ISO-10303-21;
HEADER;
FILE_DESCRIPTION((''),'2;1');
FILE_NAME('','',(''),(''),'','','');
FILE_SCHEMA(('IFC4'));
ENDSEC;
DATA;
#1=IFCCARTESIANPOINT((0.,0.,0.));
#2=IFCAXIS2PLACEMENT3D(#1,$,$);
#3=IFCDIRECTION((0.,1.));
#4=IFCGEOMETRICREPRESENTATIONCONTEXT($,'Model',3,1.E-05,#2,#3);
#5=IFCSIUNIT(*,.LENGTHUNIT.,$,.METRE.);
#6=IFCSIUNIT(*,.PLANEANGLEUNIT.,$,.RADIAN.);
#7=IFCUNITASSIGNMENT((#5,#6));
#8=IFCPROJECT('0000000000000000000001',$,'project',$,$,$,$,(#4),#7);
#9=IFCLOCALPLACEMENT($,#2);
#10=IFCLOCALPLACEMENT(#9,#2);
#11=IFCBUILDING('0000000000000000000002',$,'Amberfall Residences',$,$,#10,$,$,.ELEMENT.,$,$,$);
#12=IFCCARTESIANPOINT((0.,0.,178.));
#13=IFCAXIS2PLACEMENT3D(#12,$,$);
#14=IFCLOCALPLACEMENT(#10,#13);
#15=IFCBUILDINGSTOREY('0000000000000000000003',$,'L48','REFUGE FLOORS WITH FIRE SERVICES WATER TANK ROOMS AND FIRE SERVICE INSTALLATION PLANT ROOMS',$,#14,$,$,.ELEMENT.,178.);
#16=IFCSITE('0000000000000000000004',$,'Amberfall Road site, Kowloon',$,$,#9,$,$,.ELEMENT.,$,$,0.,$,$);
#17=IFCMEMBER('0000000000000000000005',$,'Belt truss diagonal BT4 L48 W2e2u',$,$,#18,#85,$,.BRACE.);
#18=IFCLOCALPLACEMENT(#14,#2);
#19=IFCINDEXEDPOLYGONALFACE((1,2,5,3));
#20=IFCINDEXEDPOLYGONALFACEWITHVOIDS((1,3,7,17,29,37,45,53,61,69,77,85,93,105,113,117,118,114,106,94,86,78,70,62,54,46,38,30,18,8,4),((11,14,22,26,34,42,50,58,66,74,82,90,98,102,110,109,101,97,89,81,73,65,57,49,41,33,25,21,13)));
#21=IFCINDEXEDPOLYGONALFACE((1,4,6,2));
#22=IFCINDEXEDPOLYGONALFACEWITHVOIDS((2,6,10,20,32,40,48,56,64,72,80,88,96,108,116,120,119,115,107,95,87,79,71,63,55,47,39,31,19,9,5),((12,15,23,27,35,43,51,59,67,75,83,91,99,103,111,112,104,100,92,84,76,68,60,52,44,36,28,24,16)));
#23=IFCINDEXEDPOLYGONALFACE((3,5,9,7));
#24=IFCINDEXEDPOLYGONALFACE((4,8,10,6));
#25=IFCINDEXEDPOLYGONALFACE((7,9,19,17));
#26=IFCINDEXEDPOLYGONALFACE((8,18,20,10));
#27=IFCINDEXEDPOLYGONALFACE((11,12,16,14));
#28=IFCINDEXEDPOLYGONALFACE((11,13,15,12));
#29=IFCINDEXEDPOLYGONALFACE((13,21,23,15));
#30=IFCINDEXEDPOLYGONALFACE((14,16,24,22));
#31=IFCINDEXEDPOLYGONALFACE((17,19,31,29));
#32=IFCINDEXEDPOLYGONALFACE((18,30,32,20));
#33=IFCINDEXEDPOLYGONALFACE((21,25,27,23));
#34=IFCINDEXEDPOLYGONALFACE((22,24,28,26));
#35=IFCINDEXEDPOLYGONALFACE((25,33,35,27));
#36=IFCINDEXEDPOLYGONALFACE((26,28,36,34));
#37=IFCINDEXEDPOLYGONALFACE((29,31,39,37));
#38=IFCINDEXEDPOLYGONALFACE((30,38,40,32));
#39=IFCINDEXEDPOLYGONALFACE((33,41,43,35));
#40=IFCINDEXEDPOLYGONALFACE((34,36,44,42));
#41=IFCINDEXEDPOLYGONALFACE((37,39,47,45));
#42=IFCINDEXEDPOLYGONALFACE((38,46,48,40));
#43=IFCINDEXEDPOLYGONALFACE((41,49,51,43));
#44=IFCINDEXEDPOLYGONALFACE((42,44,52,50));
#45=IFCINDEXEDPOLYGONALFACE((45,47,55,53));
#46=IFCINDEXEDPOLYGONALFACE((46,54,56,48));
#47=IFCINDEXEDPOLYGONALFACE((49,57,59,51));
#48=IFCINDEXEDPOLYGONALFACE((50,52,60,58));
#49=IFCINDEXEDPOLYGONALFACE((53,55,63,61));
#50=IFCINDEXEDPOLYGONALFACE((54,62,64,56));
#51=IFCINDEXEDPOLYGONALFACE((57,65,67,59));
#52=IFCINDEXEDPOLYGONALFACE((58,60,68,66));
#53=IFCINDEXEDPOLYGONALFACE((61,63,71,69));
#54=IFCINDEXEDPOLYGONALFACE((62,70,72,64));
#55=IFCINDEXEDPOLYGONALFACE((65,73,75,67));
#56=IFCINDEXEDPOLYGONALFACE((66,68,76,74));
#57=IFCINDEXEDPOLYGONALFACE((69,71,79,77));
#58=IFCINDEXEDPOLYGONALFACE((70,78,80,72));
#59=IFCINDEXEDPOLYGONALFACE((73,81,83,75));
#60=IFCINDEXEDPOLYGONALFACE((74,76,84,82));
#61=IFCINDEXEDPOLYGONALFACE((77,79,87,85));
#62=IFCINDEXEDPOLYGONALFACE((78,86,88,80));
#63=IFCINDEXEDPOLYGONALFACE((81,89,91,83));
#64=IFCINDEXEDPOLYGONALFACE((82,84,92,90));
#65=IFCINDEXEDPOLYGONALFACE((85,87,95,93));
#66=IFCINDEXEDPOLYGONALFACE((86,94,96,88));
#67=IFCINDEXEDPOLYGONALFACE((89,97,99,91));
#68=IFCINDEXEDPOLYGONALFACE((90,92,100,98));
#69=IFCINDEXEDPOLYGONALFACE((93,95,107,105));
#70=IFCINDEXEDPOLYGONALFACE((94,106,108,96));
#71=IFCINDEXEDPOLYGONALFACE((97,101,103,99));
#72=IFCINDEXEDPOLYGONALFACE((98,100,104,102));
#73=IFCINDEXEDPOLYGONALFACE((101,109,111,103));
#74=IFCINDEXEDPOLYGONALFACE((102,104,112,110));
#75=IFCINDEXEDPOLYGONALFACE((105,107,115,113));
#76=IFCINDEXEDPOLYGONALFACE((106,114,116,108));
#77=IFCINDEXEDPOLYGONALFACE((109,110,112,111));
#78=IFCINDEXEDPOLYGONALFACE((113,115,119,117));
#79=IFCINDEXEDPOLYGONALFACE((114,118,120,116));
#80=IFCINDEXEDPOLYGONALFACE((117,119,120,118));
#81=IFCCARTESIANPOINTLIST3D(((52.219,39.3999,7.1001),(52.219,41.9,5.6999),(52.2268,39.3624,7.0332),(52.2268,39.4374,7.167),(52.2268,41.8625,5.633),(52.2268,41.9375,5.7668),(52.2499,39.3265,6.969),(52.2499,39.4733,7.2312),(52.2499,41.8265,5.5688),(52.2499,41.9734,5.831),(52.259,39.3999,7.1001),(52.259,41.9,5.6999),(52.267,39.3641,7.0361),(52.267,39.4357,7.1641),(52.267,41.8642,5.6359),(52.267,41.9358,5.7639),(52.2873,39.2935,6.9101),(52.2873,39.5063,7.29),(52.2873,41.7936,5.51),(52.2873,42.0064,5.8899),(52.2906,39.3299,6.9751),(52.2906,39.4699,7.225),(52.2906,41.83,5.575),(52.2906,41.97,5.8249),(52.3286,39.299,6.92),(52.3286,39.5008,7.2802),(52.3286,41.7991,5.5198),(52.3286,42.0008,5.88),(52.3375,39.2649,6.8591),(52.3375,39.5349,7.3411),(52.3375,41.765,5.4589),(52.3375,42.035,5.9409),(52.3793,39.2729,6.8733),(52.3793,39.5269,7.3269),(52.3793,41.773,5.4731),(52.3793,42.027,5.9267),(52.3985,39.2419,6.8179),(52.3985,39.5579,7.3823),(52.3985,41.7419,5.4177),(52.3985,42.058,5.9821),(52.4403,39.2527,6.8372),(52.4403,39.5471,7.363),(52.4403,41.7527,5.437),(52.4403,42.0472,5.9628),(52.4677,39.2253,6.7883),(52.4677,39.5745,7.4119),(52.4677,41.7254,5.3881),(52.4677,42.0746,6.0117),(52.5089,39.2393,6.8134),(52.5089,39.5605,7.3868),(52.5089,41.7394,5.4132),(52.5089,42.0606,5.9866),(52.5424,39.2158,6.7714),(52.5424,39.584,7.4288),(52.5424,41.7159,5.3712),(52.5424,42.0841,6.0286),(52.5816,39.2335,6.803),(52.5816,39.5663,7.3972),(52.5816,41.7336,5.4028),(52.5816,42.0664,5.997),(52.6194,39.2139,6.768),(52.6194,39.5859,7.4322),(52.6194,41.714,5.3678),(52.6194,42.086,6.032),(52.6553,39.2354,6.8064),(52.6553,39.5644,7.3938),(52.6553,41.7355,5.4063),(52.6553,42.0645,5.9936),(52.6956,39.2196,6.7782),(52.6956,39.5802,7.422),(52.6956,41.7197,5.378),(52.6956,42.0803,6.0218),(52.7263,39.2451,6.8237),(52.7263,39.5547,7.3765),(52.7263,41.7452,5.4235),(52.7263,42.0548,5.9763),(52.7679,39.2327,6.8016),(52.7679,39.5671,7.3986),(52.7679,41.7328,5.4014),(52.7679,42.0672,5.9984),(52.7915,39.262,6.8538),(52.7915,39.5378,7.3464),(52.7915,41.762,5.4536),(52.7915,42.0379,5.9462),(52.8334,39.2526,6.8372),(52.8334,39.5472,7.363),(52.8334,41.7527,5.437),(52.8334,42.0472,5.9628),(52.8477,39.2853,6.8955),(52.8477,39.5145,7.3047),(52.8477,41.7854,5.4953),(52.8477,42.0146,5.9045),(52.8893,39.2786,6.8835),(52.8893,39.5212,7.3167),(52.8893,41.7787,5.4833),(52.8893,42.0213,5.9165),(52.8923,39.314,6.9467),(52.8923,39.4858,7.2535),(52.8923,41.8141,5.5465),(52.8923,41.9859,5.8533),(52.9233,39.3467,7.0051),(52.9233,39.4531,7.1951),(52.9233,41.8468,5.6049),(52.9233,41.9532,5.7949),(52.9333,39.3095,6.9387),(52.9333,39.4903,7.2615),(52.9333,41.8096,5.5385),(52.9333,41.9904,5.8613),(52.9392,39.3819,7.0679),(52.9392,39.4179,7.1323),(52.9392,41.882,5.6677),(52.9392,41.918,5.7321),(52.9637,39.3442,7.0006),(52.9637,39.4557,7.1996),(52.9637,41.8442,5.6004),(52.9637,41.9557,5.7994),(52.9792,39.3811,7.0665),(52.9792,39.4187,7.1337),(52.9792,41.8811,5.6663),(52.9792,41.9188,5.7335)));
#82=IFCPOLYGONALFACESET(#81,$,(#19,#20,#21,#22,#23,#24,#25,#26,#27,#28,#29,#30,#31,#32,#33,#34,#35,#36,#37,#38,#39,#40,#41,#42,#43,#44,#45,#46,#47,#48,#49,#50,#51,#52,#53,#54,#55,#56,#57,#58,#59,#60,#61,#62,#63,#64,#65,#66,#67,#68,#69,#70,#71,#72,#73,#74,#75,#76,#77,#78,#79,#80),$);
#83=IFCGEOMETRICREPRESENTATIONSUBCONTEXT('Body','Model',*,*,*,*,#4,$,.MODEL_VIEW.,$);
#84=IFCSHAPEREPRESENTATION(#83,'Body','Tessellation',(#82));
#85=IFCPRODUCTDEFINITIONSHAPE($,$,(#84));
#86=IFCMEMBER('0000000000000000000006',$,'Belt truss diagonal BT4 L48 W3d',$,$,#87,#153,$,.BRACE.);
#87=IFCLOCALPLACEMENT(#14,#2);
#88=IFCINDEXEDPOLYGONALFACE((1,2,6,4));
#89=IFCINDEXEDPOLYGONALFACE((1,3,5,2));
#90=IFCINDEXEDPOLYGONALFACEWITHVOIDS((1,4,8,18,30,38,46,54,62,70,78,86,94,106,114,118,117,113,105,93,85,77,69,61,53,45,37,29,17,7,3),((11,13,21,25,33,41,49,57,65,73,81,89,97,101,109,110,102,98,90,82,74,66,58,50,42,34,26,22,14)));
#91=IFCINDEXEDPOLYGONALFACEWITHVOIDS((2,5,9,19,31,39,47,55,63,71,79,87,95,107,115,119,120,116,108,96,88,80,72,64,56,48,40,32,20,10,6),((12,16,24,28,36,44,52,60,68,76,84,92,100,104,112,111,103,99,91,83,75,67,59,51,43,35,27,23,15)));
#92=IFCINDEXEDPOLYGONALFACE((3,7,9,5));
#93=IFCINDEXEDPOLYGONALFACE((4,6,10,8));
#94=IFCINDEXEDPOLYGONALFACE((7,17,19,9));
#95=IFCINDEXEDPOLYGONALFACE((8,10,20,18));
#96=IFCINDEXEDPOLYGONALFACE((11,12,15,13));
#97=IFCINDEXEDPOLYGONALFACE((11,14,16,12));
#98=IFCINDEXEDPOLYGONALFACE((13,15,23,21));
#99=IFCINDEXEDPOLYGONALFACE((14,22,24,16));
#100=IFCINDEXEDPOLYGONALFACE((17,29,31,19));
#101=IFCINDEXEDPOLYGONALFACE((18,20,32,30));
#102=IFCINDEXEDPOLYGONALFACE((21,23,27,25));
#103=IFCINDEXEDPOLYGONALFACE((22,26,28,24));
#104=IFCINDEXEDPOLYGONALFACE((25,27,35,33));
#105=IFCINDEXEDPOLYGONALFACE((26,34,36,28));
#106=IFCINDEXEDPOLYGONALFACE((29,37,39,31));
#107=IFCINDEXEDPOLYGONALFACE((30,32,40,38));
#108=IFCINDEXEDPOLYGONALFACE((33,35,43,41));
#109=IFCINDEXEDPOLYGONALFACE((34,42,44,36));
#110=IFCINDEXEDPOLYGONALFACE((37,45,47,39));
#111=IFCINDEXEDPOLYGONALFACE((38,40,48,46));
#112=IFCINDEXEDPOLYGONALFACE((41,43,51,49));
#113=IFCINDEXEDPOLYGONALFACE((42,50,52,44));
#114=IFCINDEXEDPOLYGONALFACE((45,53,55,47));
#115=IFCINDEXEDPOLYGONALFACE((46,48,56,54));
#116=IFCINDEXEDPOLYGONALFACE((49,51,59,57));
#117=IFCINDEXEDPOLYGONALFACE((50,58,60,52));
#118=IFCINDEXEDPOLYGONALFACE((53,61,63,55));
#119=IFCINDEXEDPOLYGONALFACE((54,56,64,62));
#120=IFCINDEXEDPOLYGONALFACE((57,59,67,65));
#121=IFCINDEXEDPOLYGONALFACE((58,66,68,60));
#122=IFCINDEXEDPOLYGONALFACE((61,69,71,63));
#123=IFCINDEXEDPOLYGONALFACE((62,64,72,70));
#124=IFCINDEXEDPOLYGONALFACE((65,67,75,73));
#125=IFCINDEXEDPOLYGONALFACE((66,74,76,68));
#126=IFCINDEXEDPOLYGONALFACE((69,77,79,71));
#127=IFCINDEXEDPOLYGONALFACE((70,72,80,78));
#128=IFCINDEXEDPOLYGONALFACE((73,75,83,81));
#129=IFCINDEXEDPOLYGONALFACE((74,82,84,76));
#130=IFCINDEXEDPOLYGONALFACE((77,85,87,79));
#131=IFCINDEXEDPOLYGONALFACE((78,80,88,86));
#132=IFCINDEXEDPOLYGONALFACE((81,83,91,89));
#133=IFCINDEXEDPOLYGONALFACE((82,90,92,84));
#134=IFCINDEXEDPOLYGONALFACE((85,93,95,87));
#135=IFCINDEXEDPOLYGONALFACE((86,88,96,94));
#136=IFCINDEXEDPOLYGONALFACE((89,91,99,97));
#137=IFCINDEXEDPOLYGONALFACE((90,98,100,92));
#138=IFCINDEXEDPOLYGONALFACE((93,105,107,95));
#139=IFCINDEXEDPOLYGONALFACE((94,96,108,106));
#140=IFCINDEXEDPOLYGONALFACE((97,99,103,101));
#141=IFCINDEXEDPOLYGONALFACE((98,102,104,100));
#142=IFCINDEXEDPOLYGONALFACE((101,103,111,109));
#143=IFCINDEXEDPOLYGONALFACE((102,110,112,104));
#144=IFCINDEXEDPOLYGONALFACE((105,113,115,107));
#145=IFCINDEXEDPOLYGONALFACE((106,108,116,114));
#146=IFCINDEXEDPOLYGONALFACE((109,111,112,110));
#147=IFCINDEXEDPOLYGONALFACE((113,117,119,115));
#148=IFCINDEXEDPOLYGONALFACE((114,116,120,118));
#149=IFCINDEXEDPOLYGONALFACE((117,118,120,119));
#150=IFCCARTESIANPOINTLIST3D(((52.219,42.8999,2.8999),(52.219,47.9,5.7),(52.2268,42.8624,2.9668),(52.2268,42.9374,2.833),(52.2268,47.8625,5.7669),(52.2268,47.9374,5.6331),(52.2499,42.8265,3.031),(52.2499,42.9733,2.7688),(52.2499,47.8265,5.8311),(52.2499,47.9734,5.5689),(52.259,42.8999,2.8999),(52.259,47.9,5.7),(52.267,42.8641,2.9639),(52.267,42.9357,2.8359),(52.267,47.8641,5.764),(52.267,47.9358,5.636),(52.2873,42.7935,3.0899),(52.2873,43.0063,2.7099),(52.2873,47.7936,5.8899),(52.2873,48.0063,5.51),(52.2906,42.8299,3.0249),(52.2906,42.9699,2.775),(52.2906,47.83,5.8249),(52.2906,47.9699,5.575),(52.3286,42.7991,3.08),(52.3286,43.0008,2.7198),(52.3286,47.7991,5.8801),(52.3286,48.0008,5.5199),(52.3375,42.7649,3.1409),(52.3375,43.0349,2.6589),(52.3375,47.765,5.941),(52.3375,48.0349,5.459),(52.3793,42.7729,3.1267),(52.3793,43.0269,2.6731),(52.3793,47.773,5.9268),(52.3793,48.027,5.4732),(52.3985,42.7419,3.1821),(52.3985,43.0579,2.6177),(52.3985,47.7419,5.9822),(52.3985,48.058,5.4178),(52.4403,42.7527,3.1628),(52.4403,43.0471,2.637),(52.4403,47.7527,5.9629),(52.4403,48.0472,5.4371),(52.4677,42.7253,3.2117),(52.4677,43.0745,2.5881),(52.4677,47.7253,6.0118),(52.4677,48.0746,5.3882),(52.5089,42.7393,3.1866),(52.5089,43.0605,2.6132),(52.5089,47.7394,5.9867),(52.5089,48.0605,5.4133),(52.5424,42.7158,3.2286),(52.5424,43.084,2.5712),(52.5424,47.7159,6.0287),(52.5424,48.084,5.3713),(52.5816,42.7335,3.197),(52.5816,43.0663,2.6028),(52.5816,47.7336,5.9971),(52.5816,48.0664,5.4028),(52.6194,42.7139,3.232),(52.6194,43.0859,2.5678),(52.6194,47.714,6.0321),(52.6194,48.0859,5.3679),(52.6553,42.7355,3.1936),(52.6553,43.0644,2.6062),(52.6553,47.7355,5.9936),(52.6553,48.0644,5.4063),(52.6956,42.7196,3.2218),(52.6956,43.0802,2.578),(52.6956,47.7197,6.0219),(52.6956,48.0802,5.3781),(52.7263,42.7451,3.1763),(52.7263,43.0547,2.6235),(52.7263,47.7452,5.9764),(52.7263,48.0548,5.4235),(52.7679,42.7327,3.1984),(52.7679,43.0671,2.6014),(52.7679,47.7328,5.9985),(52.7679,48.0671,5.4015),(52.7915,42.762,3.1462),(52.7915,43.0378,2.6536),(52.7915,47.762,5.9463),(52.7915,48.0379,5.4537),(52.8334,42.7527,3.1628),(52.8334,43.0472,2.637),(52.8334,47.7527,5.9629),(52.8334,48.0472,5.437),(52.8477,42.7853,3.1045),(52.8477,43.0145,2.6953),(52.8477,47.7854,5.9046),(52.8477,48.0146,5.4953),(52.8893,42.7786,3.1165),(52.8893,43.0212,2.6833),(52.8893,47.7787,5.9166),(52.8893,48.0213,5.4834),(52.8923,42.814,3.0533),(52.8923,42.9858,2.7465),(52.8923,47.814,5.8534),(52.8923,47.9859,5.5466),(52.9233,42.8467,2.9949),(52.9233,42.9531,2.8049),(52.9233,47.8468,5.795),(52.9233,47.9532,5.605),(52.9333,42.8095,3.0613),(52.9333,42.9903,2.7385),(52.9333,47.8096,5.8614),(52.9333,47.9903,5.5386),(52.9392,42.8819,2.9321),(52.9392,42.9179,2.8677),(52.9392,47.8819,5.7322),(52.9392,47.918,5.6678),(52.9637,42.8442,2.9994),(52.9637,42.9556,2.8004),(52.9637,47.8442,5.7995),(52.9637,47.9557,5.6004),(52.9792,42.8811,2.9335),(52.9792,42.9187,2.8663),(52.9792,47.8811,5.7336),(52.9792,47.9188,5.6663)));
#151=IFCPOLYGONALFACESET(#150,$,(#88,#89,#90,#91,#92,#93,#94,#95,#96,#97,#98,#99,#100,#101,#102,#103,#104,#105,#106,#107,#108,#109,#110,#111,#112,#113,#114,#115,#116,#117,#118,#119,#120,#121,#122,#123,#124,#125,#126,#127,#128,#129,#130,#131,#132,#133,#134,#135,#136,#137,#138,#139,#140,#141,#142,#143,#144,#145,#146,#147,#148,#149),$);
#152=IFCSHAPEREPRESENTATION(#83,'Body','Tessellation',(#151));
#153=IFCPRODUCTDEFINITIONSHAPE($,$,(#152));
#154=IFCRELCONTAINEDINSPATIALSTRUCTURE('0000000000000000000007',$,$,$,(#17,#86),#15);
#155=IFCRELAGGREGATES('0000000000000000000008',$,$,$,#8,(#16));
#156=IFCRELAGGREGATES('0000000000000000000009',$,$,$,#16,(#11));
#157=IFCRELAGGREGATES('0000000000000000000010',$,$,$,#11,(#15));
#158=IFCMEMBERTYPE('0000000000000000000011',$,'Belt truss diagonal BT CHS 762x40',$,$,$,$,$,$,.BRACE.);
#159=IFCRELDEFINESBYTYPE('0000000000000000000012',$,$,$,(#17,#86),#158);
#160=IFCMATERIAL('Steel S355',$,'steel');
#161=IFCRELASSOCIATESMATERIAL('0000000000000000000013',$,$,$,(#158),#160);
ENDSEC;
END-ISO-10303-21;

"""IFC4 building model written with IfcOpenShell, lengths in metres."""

from ifc_helpers import new_model, si_unit, direction, frame, origin, origin_2d, place, context, subcontext, project, spatial, hollow_circle, extrude, material, material_profile, profile_set, type_object, element, save


model = new_model("IFC4")

# Units and contexts
model_context = context("Model", 3, precision=1e-05, world=origin(), true_north=direction((0.0, 1.0)))
body_context = subcontext(model_context, "Body", "Model", "MODEL_VIEW")
ifc_project = project(units=[si_unit("LENGTHUNIT", "METRE"), si_unit("PLANEANGLEUNIT", "RADIAN")], contexts=[model_context])

# Site, building, storey
site_placement = place(None, origin())
site = spatial("IfcSite", under=ifc_project, at=site_placement, Name="Amberfall Road site, Kowloon", CompositionType="ELEMENT", RefElevation=0.0)
building_placement = place(site_placement, origin())
building = spatial("IfcBuilding", under=site, at=building_placement, Name="Amberfall Residences", CompositionType="ELEMENT")
storey_placement = place(building_placement, frame((0.0, 0.0, 178.0)))
storey = spatial("IfcBuildingStorey", under=building, at=storey_placement, Name="L48", Description="REFUGE FLOORS WITH FIRE SERVICES WATER TANK ROOMS AND FIRE SERVICE INSTALLATION PLANT ROOMS", CompositionType="ELEMENT", Elevation=178.0)

# Shared definitions
ifc_material_1 = material(Name="Steel S355", Category="steel")

# Members
ifc_material_profile_1 = material_profile(ifc_material_1, hollow_circle(Radius=0.3811, WallThickness=0.04, at=origin_2d()), Name="CHS 762x40")
ifc_profile_set_1 = profile_set([ifc_material_profile_1], Name="Steel S355")
member_type_1 = type_object("IfcMemberType", Name="Belt truss diagonal BT CHS 762x40", PredefinedType="BRACE", material=ifc_profile_set_1)
member_1_placement = place(storey_placement, frame((52.6001, 39.3999, 7.1001), z_axis=(0.0, 0.872484, -0.488642), x_axis=(-1.0, 0.0, 0.0)))
element("IfcMember", 1, at=member_1_placement, inside=storey, type_object=member_type_1, Name="Belt truss diagonal BT4 L48 W2e2u", PredefinedType="BRACE", context=body_context, shape_type="SweptSolid", body=[
    extrude(hollow_circle(Radius=0.3811, WallThickness=0.04, at=origin_2d()), origin(), (0.0, 0.0, 1.0), 2.8655),
])
member_2_placement = place(storey_placement, frame((52.6001, 42.8999, 2.8999), z_axis=(0.0, 0.872502, 0.48861), x_axis=(-1.0, 0.0, 0.0)))
element("IfcMember", 2, at=member_2_placement, inside=storey, type_object=member_type_1, Name="Belt truss diagonal BT4 L48 W3d", PredefinedType="BRACE", context=body_context, shape_type="SweptSolid", body=[
    extrude(hollow_circle(Radius=0.3811, WallThickness=0.04, at=origin_2d()), origin(), (0.0, 0.0, 1.0), 5.7307),
])

save(model, "model.ifc")
